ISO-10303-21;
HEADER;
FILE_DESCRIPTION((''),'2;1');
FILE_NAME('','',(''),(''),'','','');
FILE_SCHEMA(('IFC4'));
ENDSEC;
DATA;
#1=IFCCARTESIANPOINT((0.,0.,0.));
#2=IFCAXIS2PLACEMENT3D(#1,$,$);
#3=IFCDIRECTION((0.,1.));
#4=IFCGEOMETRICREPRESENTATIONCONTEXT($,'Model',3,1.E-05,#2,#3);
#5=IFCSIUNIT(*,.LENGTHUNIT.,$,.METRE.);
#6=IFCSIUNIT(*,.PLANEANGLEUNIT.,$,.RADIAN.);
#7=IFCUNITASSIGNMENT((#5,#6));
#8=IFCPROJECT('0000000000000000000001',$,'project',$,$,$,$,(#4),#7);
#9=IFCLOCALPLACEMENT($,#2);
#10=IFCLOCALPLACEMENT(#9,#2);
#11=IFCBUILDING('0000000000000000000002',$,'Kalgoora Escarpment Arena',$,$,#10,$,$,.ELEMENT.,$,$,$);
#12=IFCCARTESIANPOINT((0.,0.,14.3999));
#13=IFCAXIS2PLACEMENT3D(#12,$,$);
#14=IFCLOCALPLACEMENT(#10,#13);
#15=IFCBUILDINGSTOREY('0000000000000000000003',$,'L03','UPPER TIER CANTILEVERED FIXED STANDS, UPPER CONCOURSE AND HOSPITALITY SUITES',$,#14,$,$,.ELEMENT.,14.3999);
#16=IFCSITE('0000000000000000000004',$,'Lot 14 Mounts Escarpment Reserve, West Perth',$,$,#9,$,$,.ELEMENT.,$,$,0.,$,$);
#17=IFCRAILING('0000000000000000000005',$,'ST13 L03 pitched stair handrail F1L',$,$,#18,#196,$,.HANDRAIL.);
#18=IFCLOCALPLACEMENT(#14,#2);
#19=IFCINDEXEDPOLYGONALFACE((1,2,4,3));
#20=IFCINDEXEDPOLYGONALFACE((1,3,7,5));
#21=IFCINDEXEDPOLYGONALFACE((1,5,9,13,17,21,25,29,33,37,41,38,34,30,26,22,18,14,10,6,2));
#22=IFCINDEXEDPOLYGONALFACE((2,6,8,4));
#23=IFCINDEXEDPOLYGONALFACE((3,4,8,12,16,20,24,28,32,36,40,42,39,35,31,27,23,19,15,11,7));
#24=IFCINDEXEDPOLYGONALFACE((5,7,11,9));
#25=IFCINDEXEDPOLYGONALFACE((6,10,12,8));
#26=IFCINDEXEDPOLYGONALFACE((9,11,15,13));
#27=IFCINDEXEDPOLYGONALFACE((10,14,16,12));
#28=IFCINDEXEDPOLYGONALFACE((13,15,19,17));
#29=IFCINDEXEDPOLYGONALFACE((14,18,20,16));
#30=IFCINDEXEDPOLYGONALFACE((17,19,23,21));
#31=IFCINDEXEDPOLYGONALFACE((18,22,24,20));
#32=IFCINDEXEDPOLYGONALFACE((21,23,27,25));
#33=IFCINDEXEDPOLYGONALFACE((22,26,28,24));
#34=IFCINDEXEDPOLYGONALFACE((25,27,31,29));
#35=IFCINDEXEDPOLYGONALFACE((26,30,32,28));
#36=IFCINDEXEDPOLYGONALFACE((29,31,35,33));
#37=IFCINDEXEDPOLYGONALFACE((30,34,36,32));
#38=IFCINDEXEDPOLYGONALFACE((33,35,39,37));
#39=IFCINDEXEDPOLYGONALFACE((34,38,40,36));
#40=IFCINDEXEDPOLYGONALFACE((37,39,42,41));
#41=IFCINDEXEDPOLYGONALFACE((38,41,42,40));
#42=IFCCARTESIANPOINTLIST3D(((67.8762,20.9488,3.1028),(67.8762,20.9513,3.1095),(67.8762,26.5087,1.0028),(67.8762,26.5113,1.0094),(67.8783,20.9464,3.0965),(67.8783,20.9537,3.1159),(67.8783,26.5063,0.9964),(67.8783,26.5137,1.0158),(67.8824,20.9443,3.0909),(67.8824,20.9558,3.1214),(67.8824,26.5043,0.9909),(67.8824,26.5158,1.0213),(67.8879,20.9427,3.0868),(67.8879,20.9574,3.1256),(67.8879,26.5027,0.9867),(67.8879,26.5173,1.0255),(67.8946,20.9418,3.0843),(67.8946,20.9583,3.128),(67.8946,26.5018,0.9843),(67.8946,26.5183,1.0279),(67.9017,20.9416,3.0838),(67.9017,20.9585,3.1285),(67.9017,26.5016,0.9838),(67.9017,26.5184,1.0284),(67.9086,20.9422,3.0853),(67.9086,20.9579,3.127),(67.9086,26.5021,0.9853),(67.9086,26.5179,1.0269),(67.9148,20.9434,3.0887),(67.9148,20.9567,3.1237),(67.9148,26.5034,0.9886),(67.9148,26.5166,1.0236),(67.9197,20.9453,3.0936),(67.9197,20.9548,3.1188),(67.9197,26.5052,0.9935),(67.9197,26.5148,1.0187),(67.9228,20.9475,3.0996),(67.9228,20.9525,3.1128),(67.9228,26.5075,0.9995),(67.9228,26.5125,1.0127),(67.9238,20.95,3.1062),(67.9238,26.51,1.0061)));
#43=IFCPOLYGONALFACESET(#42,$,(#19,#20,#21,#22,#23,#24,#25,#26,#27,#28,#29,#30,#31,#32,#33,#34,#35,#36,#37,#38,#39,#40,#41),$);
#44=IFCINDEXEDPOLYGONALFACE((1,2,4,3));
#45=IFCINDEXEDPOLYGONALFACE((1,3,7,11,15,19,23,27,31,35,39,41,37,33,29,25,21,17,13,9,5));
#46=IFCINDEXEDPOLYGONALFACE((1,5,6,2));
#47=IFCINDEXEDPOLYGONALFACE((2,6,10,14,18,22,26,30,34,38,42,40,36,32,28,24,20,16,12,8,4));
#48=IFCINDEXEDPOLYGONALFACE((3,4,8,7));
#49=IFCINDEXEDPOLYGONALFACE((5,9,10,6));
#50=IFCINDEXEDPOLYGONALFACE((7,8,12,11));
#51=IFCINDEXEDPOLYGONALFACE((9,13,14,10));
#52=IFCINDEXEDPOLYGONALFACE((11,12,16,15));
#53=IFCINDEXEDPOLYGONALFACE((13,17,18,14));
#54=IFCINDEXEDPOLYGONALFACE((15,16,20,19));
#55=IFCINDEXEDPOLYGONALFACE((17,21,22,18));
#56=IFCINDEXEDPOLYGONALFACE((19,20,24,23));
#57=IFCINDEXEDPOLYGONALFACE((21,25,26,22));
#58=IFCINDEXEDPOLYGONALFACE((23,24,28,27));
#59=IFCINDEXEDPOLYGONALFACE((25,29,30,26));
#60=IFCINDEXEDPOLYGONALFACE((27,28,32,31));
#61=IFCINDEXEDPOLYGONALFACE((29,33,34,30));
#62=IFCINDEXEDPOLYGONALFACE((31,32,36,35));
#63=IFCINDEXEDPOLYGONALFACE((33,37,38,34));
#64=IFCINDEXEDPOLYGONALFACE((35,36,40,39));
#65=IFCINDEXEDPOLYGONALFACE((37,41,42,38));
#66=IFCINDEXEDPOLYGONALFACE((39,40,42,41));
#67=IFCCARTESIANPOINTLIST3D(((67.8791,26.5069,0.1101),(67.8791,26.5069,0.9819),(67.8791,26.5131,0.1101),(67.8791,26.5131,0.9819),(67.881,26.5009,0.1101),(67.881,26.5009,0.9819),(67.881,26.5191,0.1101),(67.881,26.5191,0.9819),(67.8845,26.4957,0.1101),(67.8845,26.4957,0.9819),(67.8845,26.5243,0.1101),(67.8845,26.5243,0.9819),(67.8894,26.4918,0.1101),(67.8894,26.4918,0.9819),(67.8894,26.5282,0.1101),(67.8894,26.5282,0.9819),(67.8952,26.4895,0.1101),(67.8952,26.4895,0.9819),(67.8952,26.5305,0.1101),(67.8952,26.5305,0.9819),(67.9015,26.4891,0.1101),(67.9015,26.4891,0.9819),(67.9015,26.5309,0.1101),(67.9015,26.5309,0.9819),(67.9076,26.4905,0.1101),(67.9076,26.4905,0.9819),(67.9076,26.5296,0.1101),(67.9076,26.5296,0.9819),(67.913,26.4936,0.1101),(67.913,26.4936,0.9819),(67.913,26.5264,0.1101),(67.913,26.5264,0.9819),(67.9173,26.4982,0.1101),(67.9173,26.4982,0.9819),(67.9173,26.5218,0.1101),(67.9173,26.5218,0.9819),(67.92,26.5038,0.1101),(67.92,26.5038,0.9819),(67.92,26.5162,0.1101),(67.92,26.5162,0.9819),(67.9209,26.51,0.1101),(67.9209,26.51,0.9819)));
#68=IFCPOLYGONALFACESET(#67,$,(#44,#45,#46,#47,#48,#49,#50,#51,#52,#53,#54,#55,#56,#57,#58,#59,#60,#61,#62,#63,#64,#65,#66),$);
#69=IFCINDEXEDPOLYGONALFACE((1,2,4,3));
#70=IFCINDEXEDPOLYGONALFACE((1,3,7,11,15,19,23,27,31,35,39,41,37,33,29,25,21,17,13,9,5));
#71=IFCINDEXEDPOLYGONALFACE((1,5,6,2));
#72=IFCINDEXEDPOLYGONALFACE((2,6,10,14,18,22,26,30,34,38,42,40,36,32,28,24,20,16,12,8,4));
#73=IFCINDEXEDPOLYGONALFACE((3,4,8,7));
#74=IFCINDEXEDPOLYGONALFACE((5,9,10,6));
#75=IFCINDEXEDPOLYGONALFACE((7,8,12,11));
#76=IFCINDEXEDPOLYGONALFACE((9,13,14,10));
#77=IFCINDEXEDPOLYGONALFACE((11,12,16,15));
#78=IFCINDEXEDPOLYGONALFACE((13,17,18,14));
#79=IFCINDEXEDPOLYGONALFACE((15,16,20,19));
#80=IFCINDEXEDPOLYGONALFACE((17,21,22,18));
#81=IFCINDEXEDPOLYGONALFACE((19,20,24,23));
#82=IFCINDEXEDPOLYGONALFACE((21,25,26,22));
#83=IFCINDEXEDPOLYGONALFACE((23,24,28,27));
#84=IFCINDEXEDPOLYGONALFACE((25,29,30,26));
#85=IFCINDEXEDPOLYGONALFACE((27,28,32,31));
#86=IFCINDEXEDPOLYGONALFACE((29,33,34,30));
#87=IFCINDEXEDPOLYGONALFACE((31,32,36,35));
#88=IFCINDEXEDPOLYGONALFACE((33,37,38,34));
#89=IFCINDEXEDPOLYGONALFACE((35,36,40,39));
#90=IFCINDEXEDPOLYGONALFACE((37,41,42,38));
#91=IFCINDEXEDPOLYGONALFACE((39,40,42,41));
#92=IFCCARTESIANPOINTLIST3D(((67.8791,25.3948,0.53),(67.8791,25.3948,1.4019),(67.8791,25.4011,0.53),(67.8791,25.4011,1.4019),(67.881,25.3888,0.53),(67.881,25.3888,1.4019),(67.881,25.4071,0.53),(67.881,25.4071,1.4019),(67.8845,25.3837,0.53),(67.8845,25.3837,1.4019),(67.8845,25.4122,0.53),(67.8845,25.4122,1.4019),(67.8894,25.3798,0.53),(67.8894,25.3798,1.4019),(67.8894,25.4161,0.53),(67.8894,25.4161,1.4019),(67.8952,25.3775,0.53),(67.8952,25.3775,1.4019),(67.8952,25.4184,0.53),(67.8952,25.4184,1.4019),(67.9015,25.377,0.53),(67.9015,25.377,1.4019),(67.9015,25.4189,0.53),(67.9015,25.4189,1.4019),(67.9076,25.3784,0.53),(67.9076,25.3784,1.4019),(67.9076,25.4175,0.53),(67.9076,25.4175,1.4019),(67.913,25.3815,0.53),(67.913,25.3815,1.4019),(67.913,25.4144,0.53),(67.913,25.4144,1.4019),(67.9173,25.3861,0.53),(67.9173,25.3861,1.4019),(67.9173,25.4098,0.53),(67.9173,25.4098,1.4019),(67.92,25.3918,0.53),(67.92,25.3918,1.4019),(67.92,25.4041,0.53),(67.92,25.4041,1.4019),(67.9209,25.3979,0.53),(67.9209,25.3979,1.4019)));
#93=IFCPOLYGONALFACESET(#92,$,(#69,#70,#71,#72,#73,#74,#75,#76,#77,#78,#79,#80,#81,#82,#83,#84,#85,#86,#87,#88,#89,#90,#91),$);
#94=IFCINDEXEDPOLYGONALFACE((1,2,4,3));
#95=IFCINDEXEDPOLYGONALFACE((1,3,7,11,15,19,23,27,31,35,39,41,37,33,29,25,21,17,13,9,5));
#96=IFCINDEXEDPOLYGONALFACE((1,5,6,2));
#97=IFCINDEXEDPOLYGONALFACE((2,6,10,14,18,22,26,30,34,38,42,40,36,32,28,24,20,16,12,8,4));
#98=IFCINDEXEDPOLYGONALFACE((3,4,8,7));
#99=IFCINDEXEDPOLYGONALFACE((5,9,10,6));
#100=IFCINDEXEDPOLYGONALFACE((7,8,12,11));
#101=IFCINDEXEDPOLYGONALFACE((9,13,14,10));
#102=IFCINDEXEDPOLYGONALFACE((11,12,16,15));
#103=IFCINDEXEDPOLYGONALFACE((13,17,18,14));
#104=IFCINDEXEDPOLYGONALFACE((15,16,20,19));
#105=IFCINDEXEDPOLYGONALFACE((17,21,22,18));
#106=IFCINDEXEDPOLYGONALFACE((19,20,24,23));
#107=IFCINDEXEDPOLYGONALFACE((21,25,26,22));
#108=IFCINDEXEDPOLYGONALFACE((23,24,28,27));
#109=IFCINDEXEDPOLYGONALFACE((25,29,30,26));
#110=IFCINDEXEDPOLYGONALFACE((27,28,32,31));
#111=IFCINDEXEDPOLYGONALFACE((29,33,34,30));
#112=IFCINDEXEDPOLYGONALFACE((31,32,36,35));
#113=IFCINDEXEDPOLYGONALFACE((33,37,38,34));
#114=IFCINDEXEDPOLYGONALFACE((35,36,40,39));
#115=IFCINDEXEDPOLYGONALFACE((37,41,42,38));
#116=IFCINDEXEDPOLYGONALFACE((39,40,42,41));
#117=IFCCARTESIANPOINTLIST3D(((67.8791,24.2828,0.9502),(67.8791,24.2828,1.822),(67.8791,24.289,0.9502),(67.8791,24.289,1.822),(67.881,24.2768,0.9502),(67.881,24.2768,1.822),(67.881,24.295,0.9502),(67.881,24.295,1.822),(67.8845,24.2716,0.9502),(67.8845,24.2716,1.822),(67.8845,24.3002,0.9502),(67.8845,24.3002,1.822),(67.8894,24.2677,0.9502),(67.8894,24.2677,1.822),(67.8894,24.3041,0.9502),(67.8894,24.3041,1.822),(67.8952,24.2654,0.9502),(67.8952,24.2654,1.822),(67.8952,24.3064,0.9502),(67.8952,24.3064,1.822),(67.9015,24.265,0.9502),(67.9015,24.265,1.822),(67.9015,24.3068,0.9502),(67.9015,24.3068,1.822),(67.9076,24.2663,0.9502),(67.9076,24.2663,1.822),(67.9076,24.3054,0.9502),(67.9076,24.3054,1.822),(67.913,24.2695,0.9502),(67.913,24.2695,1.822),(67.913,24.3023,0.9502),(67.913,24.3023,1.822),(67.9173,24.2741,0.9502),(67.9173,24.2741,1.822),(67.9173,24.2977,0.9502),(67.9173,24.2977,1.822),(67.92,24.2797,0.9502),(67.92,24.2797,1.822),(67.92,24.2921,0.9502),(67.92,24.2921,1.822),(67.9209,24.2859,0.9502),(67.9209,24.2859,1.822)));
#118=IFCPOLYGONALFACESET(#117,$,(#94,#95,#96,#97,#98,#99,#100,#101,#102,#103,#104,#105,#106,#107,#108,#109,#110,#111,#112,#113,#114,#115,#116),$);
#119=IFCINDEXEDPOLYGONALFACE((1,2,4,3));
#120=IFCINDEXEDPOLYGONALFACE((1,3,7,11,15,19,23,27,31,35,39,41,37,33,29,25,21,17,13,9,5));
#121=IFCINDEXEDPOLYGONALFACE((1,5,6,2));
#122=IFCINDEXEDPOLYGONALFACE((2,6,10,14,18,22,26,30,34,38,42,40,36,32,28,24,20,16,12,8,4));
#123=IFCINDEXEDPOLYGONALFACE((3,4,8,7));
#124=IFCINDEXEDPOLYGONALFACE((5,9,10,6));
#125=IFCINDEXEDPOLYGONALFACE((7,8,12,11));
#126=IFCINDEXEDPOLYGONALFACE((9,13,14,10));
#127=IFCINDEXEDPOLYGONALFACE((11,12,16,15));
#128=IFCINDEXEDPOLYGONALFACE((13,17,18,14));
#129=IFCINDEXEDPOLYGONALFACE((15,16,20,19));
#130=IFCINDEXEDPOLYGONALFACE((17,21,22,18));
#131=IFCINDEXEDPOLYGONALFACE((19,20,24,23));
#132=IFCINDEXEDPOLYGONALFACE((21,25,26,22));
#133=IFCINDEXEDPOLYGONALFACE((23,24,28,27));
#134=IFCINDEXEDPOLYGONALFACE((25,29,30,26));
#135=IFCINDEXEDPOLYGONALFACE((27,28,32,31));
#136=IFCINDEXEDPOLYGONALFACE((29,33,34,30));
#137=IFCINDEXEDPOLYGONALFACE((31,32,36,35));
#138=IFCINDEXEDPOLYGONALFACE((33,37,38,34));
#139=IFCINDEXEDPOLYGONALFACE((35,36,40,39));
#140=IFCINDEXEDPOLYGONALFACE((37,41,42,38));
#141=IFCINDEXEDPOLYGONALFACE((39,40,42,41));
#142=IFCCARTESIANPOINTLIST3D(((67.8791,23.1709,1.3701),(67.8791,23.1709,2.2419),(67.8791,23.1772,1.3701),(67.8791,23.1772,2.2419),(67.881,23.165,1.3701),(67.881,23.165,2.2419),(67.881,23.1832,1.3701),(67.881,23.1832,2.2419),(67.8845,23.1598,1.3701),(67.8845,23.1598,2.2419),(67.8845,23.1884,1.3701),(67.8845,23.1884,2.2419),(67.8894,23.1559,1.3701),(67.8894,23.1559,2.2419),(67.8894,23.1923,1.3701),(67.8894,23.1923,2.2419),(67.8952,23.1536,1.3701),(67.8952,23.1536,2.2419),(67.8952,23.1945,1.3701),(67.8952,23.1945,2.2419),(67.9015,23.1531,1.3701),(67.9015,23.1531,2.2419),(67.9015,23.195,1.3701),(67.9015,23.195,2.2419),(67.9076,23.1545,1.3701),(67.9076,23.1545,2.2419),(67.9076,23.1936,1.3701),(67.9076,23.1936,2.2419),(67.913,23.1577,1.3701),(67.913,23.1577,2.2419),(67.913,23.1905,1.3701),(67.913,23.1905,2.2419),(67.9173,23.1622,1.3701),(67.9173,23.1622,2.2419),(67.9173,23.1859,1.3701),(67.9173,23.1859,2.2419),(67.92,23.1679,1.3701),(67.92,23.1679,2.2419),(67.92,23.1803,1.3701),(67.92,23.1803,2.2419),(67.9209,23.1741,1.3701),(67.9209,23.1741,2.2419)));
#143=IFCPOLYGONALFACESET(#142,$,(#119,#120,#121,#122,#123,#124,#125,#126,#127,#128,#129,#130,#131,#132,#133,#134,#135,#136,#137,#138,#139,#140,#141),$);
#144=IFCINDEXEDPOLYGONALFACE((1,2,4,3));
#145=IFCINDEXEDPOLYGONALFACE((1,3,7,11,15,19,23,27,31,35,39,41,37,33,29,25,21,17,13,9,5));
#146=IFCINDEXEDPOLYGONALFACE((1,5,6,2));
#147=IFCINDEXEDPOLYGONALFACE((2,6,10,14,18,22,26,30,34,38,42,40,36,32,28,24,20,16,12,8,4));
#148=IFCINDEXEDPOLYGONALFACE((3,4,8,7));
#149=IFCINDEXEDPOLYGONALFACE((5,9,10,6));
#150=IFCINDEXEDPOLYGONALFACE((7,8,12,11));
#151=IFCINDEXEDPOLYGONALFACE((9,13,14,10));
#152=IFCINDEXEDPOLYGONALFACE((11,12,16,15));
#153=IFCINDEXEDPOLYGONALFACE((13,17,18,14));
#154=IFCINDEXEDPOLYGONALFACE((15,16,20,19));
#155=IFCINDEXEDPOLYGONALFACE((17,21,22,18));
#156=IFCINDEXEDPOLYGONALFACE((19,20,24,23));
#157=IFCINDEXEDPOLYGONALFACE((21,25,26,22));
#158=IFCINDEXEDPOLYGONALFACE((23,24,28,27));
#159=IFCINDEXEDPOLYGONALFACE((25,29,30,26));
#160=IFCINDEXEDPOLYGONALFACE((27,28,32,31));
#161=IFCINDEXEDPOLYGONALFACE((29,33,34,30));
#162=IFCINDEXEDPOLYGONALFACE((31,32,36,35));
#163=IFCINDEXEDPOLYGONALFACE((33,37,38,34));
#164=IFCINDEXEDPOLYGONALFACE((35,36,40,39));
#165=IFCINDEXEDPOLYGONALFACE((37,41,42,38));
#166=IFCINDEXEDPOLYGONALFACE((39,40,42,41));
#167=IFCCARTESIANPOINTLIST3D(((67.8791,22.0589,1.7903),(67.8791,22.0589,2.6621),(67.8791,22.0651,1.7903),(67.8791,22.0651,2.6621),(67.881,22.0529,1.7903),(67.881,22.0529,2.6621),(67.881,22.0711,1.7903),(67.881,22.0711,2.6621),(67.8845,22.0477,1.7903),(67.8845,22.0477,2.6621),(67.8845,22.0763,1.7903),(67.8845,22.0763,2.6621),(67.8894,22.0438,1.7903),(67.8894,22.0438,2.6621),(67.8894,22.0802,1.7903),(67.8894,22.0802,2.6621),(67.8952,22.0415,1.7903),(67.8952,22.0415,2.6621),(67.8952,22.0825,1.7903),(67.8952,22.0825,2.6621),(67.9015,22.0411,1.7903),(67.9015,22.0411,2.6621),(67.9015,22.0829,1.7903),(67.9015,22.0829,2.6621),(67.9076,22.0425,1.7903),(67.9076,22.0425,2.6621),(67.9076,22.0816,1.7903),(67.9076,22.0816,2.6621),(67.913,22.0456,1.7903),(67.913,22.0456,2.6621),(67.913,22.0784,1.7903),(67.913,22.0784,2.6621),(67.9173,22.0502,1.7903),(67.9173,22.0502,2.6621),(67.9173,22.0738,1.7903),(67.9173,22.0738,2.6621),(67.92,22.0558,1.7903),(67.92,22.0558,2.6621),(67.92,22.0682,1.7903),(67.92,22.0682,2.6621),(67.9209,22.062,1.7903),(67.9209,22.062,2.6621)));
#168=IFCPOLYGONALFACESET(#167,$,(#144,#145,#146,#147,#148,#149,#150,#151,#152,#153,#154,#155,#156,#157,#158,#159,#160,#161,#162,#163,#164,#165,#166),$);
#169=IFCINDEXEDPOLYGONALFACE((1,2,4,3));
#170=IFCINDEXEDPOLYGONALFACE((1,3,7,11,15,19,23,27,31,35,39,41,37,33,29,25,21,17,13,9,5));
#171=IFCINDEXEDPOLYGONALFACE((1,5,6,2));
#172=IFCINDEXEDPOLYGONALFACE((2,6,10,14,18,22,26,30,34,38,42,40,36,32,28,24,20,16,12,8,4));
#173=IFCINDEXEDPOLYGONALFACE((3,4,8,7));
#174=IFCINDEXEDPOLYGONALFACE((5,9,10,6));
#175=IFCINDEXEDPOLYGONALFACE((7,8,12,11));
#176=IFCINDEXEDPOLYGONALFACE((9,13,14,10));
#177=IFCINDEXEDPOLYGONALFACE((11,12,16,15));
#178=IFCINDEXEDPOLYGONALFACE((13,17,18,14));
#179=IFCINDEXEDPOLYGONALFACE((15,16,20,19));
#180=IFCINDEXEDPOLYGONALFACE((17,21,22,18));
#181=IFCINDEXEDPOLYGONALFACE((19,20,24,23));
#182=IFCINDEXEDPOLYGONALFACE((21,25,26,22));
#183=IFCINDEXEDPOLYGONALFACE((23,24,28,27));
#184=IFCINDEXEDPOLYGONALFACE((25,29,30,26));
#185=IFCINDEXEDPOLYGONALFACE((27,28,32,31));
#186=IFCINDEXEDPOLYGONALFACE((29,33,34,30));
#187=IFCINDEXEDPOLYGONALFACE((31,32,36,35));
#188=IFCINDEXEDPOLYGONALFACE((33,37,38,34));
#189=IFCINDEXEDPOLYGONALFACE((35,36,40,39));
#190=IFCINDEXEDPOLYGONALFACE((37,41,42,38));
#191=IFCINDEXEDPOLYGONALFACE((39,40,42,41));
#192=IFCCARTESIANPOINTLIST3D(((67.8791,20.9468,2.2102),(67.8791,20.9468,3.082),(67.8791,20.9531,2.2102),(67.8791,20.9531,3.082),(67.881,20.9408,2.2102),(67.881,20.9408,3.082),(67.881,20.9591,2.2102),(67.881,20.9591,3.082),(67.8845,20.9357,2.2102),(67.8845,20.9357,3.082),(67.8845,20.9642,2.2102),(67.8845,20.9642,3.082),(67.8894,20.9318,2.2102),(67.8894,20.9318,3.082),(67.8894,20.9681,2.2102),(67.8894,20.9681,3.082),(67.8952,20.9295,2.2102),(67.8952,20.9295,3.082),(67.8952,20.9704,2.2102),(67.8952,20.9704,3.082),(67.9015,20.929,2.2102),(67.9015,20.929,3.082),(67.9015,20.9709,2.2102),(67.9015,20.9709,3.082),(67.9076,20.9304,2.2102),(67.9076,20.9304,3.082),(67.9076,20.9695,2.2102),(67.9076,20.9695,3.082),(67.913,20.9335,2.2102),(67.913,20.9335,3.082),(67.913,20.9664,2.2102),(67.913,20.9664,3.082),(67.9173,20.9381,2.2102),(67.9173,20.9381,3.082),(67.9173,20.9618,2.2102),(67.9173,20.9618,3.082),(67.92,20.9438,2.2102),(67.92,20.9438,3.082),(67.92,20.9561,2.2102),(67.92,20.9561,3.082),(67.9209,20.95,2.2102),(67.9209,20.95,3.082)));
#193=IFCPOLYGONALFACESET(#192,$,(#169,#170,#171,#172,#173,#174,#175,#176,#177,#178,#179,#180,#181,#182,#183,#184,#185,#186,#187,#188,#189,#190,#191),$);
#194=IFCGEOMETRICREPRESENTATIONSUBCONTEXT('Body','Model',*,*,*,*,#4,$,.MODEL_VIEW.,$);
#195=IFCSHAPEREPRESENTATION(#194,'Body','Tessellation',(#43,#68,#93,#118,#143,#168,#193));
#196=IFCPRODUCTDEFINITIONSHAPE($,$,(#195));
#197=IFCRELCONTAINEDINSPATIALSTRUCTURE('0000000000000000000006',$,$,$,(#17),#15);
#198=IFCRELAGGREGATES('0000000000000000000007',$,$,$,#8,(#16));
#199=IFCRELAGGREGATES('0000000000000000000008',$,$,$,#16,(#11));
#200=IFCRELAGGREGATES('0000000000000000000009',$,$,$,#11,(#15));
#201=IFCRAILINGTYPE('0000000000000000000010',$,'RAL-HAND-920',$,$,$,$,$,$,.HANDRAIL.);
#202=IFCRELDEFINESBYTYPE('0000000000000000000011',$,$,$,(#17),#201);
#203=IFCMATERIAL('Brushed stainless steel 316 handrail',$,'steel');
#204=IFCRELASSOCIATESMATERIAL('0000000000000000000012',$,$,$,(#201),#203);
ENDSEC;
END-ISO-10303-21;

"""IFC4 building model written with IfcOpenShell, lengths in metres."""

from ifc_helpers import new_model, si_unit, direction, frame, origin, origin_2d, place, context, subcontext, project, spatial, circle, extrude, material, type_object, element, save


model = new_model("IFC4")

# Units and contexts
model_context = context("Model", 3, precision=1e-05, world=origin(), true_north=direction((0.0, 1.0)))
body_context = subcontext(model_context, "Body", "Model", "MODEL_VIEW")
ifc_project = project(units=[si_unit("LENGTHUNIT", "METRE"), si_unit("PLANEANGLEUNIT", "RADIAN")], contexts=[model_context])

# Site, building, storey
site_placement = place(None, origin())
site = spatial("IfcSite", under=ifc_project, at=site_placement, Name="Lot 14 Mounts Escarpment Reserve, West Perth", CompositionType="ELEMENT", RefElevation=0.0)
building_placement = place(site_placement, origin())
building = spatial("IfcBuilding", under=site, at=building_placement, Name="Kalgoora Escarpment Arena", CompositionType="ELEMENT")
storey_placement = place(building_placement, frame((0.0, 0.0, 14.3999)))
storey = spatial("IfcBuildingStorey", under=building, at=storey_placement, Name="L03", Description="UPPER TIER CANTILEVERED FIXED STANDS, UPPER CONCOURSE AND HOSPITALITY SUITES", CompositionType="ELEMENT", Elevation=14.3999)

# Railing
ifc_material_1 = material(Name="Brushed stainless steel 316 handrail", Category="steel")
railing_type_1 = type_object("IfcRailingType", Name="RAL-HAND-920", PredefinedType="HANDRAIL", material=ifc_material_1)
for number, where, name in (
    (1, (67.8999, 26.51, 0.1101), "ST13 L03 pitched stair handrail F1L"),
):
    element("IfcRailing", number, at=place(storey_placement, frame(where)), inside=storey, type_object=railing_type_1, Name=name, PredefinedType="HANDRAIL", context=body_context, shape_type="SweptSolid", body=[
        extrude(circle(Radius=0.0239, at=origin_2d()), frame((0.0, 0.0, 0.896), z_axis=(0.0, -0.935493, 0.353346), x_axis=(1.0, 0.0, 0.0)), (0.0, 0.0, 1.0), 5.9434),
        extrude(circle(Radius=0.021, at=origin_2d()), origin(), (0.0, 0.0, 1.0), 0.8718),
        extrude(circle(Radius=0.021, at=origin_2d()), frame((0.0, -1.1121, 0.4199)), (0.0, 0.0, 1.0), 0.8718),
        extrude(circle(Radius=0.021, at=origin_2d()), frame((0.0, -2.2241, 0.8401)), (0.0, 0.0, 1.0), 0.8718),
        extrude(circle(Radius=0.021, at=origin_2d()), frame((0.0, -3.3359, 1.26)), (0.0, 0.0, 1.0), 0.8718),
        extrude(circle(Radius=0.021, at=origin_2d()), frame((0.0, -4.448, 1.6802)), (0.0, 0.0, 1.0), 0.8718),
        extrude(circle(Radius=0.021, at=origin_2d()), frame((0.0, -5.5601, 2.1001)), (0.0, 0.0, 1.0), 0.8718),
    ])

save(model, "model.ifc")
